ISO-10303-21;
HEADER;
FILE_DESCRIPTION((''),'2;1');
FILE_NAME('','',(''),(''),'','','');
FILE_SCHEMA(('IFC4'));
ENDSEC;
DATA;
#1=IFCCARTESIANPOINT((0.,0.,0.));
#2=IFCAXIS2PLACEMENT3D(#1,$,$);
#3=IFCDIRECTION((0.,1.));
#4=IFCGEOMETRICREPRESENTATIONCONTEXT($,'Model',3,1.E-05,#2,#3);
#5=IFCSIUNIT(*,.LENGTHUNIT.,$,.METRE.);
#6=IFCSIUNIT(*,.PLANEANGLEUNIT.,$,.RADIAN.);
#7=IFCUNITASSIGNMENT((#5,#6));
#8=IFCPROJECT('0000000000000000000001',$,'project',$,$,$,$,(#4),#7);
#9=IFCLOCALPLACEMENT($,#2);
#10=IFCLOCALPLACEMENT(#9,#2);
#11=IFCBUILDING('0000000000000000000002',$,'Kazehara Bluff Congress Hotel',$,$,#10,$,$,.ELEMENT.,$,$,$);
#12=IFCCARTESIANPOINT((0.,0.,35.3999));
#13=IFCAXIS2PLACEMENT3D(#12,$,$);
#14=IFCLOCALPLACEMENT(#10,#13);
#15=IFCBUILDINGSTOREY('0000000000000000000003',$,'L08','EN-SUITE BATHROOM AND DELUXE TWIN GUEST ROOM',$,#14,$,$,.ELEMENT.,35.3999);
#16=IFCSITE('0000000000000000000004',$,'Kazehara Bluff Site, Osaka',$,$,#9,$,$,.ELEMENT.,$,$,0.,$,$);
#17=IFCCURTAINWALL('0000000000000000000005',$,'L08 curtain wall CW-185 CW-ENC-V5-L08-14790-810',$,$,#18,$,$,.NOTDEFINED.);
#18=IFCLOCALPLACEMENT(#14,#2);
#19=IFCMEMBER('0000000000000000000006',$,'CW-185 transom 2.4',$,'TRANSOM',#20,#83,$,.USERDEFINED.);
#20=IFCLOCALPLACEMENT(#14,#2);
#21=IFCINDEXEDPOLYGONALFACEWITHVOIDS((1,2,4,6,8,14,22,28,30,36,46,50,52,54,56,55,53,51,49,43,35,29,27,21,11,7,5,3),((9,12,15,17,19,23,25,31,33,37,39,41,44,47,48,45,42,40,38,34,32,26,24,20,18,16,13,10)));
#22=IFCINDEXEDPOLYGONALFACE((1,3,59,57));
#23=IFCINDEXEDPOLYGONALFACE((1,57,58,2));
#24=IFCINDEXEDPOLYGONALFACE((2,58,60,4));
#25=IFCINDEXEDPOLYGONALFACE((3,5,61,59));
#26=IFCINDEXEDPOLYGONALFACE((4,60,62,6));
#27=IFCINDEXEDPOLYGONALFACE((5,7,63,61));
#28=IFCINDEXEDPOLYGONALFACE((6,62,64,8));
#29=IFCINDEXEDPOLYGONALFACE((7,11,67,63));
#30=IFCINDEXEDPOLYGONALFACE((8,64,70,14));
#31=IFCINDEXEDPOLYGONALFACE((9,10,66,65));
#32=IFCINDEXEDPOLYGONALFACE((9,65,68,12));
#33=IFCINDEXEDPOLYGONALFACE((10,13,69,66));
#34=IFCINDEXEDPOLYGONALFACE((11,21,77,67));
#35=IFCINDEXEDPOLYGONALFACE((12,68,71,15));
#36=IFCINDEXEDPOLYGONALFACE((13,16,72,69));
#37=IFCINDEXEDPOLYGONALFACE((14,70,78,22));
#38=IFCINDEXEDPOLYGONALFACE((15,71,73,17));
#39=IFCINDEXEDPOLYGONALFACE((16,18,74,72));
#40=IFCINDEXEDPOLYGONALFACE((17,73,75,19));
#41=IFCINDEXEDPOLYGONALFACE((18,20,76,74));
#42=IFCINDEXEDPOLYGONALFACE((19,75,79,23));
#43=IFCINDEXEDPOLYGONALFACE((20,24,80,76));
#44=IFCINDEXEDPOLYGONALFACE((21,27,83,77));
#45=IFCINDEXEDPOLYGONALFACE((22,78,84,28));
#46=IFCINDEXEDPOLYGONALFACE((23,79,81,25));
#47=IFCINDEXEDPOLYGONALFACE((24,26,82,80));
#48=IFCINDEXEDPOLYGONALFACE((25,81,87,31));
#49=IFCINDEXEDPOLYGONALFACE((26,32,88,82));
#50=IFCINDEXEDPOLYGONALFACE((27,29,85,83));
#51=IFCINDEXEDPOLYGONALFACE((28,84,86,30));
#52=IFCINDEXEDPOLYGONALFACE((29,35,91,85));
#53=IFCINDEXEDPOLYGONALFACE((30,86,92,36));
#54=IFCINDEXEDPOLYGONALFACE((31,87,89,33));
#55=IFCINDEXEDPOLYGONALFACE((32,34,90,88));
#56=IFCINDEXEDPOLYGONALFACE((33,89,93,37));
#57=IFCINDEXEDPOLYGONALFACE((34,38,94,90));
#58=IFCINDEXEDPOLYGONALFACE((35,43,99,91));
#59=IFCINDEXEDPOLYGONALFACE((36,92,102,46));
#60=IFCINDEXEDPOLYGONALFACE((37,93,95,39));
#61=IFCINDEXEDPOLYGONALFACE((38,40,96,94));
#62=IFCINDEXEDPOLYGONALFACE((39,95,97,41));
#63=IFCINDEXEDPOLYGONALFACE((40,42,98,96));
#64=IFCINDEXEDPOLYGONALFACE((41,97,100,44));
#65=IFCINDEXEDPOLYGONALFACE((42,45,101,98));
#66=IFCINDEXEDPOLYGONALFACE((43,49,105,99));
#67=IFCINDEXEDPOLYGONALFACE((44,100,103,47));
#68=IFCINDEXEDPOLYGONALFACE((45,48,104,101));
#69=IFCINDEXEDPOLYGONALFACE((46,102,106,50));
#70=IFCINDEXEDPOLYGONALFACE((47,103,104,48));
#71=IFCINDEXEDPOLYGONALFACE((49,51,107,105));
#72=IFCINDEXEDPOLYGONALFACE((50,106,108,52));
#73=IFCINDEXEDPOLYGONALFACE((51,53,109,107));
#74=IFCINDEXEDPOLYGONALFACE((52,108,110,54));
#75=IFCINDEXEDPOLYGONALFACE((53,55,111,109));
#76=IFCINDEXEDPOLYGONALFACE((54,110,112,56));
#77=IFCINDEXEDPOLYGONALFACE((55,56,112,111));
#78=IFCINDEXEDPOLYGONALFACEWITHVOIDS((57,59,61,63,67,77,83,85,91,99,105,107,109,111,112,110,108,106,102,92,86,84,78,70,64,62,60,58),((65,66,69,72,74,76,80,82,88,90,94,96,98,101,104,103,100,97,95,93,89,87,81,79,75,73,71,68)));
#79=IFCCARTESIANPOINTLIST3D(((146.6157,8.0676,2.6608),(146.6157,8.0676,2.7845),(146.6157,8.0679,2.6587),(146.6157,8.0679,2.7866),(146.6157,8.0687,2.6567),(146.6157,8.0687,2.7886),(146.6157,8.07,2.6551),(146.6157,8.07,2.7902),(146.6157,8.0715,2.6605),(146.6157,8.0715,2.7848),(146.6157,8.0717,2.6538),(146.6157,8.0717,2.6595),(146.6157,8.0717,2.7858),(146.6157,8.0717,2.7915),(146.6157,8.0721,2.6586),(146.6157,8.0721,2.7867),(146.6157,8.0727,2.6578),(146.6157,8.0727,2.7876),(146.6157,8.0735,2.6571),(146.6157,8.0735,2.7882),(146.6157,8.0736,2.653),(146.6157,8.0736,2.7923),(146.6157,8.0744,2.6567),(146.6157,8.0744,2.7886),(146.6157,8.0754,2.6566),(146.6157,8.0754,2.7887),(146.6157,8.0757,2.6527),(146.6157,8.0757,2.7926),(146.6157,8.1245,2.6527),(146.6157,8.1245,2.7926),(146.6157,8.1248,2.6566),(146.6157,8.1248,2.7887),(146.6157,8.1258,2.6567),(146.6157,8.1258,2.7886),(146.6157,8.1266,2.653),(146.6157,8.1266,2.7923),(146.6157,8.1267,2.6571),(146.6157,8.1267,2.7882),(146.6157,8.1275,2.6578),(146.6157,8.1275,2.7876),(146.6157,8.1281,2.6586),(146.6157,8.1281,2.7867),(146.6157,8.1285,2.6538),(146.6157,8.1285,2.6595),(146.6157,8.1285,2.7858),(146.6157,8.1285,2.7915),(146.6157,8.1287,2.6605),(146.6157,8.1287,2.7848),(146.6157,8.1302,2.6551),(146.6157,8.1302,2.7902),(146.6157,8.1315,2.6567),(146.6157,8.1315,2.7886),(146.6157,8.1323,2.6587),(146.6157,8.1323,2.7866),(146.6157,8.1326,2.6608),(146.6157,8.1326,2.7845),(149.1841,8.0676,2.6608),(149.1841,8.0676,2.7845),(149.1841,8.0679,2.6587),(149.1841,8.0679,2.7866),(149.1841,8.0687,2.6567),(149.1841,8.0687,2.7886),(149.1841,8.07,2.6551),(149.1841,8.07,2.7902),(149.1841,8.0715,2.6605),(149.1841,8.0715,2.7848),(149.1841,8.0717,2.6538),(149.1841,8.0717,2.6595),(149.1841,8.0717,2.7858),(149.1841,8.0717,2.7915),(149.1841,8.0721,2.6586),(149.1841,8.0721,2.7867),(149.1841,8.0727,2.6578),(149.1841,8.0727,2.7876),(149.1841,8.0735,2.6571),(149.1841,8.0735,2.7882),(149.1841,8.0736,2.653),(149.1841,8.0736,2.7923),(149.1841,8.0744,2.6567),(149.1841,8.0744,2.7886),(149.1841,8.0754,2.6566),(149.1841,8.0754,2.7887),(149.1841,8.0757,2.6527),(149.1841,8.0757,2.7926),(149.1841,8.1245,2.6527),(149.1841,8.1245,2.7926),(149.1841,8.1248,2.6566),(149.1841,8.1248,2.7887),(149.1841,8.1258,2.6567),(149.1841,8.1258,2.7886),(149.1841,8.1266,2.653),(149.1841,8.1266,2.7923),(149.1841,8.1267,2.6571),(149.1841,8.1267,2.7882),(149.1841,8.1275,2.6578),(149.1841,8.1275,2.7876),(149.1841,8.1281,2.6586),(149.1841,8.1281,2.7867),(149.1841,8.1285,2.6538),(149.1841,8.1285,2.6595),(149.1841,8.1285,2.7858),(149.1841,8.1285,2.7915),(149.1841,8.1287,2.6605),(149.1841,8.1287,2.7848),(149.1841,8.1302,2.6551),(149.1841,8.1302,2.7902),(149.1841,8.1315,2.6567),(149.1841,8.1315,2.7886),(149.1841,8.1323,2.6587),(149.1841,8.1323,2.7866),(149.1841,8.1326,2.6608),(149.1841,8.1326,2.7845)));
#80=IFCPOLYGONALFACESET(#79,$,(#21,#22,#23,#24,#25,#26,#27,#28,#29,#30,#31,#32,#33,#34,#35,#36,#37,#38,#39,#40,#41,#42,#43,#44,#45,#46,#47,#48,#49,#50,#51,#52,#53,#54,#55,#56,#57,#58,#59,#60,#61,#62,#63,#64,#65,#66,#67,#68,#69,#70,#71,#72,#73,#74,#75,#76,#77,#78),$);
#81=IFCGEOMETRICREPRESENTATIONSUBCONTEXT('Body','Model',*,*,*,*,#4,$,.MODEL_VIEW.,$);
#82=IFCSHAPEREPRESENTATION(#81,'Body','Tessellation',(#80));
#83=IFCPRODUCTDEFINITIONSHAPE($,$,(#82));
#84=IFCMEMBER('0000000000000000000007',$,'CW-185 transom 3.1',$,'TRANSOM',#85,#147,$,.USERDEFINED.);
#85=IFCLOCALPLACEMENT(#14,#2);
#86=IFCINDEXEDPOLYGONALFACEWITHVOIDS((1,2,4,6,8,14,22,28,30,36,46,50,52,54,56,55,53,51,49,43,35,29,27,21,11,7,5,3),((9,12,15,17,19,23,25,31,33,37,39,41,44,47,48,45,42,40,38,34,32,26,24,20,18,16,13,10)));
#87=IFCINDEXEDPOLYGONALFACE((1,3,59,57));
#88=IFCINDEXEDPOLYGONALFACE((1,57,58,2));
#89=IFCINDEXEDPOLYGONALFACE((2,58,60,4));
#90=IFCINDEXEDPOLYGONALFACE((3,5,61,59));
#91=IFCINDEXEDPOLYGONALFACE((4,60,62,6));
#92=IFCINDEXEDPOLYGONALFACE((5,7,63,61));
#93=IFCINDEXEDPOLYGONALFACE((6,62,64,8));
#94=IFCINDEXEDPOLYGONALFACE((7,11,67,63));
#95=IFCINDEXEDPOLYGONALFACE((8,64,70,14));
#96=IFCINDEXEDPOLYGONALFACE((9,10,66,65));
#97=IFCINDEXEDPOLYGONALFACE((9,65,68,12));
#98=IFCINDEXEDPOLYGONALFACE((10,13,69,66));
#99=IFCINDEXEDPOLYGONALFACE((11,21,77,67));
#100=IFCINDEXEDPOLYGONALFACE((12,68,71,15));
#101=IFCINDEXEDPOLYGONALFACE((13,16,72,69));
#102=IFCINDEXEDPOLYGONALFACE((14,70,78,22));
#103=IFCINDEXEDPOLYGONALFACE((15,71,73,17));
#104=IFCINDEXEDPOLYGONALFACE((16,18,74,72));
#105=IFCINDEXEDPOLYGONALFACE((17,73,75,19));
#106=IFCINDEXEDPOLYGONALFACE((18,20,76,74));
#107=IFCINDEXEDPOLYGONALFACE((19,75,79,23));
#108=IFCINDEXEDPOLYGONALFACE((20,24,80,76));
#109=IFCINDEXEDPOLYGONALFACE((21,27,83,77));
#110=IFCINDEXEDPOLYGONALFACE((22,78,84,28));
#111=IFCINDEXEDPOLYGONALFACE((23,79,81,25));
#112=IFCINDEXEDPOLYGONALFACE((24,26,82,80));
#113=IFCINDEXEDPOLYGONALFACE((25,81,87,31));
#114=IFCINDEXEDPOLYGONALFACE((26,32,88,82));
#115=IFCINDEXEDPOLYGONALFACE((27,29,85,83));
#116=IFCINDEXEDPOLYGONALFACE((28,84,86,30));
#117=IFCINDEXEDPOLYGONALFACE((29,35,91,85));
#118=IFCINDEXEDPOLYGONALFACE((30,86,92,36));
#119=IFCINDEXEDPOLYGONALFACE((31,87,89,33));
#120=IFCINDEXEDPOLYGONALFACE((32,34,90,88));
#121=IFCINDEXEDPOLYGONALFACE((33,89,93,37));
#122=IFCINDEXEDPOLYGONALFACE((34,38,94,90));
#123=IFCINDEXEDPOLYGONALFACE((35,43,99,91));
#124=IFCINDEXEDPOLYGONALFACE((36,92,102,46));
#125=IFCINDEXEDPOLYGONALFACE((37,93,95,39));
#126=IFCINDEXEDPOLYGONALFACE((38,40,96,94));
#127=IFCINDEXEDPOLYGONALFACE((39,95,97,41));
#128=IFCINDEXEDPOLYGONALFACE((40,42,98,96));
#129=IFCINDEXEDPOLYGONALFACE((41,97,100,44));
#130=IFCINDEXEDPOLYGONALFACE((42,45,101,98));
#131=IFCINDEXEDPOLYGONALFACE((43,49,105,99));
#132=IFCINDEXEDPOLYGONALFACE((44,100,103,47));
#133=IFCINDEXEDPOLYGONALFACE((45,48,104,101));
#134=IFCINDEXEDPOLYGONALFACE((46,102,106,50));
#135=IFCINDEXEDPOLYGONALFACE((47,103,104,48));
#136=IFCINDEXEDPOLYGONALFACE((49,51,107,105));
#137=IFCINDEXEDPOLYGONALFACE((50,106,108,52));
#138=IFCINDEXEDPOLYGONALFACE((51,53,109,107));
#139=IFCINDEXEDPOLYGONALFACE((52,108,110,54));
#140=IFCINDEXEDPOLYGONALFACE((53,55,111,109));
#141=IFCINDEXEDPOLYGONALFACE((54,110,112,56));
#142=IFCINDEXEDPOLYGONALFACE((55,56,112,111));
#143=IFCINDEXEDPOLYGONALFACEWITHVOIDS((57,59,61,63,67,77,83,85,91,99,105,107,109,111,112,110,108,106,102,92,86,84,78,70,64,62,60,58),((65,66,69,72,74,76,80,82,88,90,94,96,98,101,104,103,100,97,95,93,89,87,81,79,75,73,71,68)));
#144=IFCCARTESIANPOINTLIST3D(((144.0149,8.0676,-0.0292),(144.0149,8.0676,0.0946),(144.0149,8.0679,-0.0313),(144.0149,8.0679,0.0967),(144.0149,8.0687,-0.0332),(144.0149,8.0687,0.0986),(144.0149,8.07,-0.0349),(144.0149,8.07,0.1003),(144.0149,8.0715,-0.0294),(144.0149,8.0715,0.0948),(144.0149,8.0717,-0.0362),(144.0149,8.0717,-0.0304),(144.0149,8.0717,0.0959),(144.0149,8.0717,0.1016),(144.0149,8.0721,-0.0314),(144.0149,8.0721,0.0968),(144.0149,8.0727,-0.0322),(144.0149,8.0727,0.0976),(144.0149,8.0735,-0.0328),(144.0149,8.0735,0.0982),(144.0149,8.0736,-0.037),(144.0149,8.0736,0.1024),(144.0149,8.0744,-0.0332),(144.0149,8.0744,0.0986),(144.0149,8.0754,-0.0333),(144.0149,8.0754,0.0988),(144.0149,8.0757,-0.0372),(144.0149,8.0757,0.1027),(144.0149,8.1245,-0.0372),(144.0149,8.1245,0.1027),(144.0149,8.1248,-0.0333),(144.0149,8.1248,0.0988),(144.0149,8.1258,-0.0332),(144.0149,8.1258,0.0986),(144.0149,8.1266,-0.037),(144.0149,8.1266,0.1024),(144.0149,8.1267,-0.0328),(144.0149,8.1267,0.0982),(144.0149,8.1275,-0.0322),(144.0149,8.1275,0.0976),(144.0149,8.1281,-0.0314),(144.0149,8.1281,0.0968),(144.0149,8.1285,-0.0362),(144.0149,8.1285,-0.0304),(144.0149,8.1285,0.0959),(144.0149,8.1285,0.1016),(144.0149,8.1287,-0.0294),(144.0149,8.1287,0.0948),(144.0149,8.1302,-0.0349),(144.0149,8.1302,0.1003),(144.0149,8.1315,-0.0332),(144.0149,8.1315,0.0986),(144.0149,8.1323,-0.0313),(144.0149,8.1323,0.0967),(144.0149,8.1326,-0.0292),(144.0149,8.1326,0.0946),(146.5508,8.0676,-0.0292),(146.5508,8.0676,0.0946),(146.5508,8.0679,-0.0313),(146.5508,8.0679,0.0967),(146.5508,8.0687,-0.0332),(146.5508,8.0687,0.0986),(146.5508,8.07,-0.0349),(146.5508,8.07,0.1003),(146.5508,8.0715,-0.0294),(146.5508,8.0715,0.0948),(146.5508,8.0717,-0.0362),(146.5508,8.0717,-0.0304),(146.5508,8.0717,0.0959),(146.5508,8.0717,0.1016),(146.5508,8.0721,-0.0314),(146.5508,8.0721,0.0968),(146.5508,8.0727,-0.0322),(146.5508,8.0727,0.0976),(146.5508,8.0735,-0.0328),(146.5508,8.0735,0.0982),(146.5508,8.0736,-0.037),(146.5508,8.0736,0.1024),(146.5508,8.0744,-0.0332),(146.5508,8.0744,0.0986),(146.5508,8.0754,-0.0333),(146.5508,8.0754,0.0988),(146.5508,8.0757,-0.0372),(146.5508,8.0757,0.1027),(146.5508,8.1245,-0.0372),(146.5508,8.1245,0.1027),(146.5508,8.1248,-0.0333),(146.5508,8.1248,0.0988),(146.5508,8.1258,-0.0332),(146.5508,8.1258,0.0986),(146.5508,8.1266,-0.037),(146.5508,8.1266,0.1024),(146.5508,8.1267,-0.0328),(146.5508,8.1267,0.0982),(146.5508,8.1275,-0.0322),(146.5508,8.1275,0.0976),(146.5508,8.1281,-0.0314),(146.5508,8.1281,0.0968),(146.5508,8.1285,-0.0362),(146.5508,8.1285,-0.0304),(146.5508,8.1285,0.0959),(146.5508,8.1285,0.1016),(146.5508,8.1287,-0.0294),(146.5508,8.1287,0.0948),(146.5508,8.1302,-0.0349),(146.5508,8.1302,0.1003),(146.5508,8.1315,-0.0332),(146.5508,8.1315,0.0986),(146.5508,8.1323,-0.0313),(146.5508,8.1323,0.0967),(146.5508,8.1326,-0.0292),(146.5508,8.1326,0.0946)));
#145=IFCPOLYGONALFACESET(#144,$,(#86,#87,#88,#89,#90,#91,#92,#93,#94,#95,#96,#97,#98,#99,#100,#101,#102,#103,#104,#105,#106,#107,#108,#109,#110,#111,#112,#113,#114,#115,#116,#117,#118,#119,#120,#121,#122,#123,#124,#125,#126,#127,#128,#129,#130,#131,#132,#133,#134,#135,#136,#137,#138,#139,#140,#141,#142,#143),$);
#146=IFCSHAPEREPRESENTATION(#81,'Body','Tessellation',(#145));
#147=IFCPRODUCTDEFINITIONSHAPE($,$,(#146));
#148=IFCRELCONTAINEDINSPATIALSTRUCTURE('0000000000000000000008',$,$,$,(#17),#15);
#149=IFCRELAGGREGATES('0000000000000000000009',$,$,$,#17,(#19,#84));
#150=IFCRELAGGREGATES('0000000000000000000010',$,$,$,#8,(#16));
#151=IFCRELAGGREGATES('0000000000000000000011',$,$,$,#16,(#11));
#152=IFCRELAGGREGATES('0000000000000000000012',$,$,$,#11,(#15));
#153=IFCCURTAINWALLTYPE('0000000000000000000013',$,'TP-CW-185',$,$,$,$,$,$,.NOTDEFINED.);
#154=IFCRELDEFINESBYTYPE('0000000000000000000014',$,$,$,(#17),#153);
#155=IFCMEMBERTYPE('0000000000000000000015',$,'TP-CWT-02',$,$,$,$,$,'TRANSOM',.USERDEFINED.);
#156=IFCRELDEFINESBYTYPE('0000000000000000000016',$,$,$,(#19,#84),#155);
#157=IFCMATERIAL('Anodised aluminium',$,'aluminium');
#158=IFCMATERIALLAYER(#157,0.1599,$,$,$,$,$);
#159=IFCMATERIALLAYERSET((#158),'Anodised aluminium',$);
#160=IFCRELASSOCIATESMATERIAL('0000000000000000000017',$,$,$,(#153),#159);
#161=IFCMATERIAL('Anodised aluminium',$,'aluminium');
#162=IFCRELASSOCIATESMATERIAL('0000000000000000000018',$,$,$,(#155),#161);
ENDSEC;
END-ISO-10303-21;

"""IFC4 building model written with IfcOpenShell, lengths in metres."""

from ifc_helpers import new_model, si_unit, direction, frame, origin, origin_2d, place, context, subcontext, project, spatial, hollow_rectangle, extrude, material, layer, layer_set, material_profile, profile_set, type_object, element, aggregate, save


model = new_model("IFC4")

# Units and contexts
model_context = context("Model", 3, precision=1e-05, world=origin(), true_north=direction((0.0, 1.0)))
body_context = subcontext(model_context, "Body", "Model", "MODEL_VIEW")
ifc_project = project(units=[si_unit("LENGTHUNIT", "METRE"), si_unit("PLANEANGLEUNIT", "RADIAN")], contexts=[model_context])

# Site, building, storey
site_placement = place(None, origin())
site = spatial("IfcSite", under=ifc_project, at=site_placement, Name="Kazehara Bluff Site, Osaka", CompositionType="ELEMENT", RefElevation=0.0)
building_placement = place(site_placement, origin())
building = spatial("IfcBuilding", under=site, at=building_placement, Name="Kazehara Bluff Congress Hotel", CompositionType="ELEMENT")
storey_placement = place(building_placement, frame((0.0, 0.0, 35.3999)))
storey = spatial("IfcBuildingStorey", under=building, at=storey_placement, Name="L08", Description="EN-SUITE BATHROOM AND DELUXE TWIN GUEST ROOM", CompositionType="ELEMENT", Elevation=35.3999)

# Curtain wall, members
ifc_material_1 = material(Name="Anodised aluminium", Category="aluminium")
ifc_layer_1 = layer(ifc_material_1, 0.1599)
ifc_layer_set_1 = layer_set([ifc_layer_1], Name="Anodised aluminium")
curtain_wall_type = type_object("IfcCurtainWallType", Name="TP-CW-185", PredefinedType="NOTDEFINED", material=ifc_layer_set_1)
curtain_wall_placement = place(storey_placement, origin())
curtain_wall = element("IfcCurtainWall", 1, at=curtain_wall_placement, inside=storey, type_object=curtain_wall_type, Name="L08 curtain wall CW-185 CW-ENC-V5-L08-14790-810", PredefinedType="NOTDEFINED")
ifc_material_2 = material(Name="Anodised aluminium", Category="aluminium")
ifc_material_profile_1 = material_profile(ifc_material_2, hollow_rectangle(XDim=0.0649, YDim=0.1399, WallThickness=0.0039, InnerFilletRadius=0.0039, OuterFilletRadius=0.0081, at=origin_2d()))
ifc_profile_set_1 = profile_set([ifc_material_profile_1], Name="Anodised aluminium")
member_type_1 = type_object("IfcMemberType", Name="TP-CWT-02", ElementType="TRANSOM", PredefinedType="USERDEFINED", material=ifc_profile_set_1)
member_1_placement = place(storey_placement, frame((149.1841, 8.1001, 2.7227), z_axis=(-1.0, 0.0, 0.0), x_axis=(0.0, -1.0, 0.0)))
member_1 = element("IfcMember", 2, at=member_1_placement, type_object=member_type_1, Name="CW-185 transom 2.4", ObjectType="TRANSOM", PredefinedType="USERDEFINED", context=body_context, shape_type="SweptSolid", body=[
    extrude(hollow_rectangle(XDim=0.0649, YDim=0.1399, WallThickness=0.0039, InnerFilletRadius=0.0039, OuterFilletRadius=0.0081, at=origin_2d()), origin(), (0.0, 0.0, 1.0), 2.5684),
])
member_2_placement = place(storey_placement, frame((146.5508, 8.1001, 0.0327), z_axis=(-1.0, 0.0, 0.0), x_axis=(0.0, -1.0, 0.0)))
member_2 = element("IfcMember", 3, at=member_2_placement, type_object=member_type_1, Name="CW-185 transom 3.1", ObjectType="TRANSOM", PredefinedType="USERDEFINED", context=body_context, shape_type="SweptSolid", body=[
    extrude(hollow_rectangle(XDim=0.0649, YDim=0.1399, WallThickness=0.0039, InnerFilletRadius=0.0039, OuterFilletRadius=0.0081, at=origin_2d()), origin(), (0.0, 0.0, 1.0), 2.5359),
])

aggregate(curtain_wall, [member_1, member_2])

save(model, "model.ifc")
